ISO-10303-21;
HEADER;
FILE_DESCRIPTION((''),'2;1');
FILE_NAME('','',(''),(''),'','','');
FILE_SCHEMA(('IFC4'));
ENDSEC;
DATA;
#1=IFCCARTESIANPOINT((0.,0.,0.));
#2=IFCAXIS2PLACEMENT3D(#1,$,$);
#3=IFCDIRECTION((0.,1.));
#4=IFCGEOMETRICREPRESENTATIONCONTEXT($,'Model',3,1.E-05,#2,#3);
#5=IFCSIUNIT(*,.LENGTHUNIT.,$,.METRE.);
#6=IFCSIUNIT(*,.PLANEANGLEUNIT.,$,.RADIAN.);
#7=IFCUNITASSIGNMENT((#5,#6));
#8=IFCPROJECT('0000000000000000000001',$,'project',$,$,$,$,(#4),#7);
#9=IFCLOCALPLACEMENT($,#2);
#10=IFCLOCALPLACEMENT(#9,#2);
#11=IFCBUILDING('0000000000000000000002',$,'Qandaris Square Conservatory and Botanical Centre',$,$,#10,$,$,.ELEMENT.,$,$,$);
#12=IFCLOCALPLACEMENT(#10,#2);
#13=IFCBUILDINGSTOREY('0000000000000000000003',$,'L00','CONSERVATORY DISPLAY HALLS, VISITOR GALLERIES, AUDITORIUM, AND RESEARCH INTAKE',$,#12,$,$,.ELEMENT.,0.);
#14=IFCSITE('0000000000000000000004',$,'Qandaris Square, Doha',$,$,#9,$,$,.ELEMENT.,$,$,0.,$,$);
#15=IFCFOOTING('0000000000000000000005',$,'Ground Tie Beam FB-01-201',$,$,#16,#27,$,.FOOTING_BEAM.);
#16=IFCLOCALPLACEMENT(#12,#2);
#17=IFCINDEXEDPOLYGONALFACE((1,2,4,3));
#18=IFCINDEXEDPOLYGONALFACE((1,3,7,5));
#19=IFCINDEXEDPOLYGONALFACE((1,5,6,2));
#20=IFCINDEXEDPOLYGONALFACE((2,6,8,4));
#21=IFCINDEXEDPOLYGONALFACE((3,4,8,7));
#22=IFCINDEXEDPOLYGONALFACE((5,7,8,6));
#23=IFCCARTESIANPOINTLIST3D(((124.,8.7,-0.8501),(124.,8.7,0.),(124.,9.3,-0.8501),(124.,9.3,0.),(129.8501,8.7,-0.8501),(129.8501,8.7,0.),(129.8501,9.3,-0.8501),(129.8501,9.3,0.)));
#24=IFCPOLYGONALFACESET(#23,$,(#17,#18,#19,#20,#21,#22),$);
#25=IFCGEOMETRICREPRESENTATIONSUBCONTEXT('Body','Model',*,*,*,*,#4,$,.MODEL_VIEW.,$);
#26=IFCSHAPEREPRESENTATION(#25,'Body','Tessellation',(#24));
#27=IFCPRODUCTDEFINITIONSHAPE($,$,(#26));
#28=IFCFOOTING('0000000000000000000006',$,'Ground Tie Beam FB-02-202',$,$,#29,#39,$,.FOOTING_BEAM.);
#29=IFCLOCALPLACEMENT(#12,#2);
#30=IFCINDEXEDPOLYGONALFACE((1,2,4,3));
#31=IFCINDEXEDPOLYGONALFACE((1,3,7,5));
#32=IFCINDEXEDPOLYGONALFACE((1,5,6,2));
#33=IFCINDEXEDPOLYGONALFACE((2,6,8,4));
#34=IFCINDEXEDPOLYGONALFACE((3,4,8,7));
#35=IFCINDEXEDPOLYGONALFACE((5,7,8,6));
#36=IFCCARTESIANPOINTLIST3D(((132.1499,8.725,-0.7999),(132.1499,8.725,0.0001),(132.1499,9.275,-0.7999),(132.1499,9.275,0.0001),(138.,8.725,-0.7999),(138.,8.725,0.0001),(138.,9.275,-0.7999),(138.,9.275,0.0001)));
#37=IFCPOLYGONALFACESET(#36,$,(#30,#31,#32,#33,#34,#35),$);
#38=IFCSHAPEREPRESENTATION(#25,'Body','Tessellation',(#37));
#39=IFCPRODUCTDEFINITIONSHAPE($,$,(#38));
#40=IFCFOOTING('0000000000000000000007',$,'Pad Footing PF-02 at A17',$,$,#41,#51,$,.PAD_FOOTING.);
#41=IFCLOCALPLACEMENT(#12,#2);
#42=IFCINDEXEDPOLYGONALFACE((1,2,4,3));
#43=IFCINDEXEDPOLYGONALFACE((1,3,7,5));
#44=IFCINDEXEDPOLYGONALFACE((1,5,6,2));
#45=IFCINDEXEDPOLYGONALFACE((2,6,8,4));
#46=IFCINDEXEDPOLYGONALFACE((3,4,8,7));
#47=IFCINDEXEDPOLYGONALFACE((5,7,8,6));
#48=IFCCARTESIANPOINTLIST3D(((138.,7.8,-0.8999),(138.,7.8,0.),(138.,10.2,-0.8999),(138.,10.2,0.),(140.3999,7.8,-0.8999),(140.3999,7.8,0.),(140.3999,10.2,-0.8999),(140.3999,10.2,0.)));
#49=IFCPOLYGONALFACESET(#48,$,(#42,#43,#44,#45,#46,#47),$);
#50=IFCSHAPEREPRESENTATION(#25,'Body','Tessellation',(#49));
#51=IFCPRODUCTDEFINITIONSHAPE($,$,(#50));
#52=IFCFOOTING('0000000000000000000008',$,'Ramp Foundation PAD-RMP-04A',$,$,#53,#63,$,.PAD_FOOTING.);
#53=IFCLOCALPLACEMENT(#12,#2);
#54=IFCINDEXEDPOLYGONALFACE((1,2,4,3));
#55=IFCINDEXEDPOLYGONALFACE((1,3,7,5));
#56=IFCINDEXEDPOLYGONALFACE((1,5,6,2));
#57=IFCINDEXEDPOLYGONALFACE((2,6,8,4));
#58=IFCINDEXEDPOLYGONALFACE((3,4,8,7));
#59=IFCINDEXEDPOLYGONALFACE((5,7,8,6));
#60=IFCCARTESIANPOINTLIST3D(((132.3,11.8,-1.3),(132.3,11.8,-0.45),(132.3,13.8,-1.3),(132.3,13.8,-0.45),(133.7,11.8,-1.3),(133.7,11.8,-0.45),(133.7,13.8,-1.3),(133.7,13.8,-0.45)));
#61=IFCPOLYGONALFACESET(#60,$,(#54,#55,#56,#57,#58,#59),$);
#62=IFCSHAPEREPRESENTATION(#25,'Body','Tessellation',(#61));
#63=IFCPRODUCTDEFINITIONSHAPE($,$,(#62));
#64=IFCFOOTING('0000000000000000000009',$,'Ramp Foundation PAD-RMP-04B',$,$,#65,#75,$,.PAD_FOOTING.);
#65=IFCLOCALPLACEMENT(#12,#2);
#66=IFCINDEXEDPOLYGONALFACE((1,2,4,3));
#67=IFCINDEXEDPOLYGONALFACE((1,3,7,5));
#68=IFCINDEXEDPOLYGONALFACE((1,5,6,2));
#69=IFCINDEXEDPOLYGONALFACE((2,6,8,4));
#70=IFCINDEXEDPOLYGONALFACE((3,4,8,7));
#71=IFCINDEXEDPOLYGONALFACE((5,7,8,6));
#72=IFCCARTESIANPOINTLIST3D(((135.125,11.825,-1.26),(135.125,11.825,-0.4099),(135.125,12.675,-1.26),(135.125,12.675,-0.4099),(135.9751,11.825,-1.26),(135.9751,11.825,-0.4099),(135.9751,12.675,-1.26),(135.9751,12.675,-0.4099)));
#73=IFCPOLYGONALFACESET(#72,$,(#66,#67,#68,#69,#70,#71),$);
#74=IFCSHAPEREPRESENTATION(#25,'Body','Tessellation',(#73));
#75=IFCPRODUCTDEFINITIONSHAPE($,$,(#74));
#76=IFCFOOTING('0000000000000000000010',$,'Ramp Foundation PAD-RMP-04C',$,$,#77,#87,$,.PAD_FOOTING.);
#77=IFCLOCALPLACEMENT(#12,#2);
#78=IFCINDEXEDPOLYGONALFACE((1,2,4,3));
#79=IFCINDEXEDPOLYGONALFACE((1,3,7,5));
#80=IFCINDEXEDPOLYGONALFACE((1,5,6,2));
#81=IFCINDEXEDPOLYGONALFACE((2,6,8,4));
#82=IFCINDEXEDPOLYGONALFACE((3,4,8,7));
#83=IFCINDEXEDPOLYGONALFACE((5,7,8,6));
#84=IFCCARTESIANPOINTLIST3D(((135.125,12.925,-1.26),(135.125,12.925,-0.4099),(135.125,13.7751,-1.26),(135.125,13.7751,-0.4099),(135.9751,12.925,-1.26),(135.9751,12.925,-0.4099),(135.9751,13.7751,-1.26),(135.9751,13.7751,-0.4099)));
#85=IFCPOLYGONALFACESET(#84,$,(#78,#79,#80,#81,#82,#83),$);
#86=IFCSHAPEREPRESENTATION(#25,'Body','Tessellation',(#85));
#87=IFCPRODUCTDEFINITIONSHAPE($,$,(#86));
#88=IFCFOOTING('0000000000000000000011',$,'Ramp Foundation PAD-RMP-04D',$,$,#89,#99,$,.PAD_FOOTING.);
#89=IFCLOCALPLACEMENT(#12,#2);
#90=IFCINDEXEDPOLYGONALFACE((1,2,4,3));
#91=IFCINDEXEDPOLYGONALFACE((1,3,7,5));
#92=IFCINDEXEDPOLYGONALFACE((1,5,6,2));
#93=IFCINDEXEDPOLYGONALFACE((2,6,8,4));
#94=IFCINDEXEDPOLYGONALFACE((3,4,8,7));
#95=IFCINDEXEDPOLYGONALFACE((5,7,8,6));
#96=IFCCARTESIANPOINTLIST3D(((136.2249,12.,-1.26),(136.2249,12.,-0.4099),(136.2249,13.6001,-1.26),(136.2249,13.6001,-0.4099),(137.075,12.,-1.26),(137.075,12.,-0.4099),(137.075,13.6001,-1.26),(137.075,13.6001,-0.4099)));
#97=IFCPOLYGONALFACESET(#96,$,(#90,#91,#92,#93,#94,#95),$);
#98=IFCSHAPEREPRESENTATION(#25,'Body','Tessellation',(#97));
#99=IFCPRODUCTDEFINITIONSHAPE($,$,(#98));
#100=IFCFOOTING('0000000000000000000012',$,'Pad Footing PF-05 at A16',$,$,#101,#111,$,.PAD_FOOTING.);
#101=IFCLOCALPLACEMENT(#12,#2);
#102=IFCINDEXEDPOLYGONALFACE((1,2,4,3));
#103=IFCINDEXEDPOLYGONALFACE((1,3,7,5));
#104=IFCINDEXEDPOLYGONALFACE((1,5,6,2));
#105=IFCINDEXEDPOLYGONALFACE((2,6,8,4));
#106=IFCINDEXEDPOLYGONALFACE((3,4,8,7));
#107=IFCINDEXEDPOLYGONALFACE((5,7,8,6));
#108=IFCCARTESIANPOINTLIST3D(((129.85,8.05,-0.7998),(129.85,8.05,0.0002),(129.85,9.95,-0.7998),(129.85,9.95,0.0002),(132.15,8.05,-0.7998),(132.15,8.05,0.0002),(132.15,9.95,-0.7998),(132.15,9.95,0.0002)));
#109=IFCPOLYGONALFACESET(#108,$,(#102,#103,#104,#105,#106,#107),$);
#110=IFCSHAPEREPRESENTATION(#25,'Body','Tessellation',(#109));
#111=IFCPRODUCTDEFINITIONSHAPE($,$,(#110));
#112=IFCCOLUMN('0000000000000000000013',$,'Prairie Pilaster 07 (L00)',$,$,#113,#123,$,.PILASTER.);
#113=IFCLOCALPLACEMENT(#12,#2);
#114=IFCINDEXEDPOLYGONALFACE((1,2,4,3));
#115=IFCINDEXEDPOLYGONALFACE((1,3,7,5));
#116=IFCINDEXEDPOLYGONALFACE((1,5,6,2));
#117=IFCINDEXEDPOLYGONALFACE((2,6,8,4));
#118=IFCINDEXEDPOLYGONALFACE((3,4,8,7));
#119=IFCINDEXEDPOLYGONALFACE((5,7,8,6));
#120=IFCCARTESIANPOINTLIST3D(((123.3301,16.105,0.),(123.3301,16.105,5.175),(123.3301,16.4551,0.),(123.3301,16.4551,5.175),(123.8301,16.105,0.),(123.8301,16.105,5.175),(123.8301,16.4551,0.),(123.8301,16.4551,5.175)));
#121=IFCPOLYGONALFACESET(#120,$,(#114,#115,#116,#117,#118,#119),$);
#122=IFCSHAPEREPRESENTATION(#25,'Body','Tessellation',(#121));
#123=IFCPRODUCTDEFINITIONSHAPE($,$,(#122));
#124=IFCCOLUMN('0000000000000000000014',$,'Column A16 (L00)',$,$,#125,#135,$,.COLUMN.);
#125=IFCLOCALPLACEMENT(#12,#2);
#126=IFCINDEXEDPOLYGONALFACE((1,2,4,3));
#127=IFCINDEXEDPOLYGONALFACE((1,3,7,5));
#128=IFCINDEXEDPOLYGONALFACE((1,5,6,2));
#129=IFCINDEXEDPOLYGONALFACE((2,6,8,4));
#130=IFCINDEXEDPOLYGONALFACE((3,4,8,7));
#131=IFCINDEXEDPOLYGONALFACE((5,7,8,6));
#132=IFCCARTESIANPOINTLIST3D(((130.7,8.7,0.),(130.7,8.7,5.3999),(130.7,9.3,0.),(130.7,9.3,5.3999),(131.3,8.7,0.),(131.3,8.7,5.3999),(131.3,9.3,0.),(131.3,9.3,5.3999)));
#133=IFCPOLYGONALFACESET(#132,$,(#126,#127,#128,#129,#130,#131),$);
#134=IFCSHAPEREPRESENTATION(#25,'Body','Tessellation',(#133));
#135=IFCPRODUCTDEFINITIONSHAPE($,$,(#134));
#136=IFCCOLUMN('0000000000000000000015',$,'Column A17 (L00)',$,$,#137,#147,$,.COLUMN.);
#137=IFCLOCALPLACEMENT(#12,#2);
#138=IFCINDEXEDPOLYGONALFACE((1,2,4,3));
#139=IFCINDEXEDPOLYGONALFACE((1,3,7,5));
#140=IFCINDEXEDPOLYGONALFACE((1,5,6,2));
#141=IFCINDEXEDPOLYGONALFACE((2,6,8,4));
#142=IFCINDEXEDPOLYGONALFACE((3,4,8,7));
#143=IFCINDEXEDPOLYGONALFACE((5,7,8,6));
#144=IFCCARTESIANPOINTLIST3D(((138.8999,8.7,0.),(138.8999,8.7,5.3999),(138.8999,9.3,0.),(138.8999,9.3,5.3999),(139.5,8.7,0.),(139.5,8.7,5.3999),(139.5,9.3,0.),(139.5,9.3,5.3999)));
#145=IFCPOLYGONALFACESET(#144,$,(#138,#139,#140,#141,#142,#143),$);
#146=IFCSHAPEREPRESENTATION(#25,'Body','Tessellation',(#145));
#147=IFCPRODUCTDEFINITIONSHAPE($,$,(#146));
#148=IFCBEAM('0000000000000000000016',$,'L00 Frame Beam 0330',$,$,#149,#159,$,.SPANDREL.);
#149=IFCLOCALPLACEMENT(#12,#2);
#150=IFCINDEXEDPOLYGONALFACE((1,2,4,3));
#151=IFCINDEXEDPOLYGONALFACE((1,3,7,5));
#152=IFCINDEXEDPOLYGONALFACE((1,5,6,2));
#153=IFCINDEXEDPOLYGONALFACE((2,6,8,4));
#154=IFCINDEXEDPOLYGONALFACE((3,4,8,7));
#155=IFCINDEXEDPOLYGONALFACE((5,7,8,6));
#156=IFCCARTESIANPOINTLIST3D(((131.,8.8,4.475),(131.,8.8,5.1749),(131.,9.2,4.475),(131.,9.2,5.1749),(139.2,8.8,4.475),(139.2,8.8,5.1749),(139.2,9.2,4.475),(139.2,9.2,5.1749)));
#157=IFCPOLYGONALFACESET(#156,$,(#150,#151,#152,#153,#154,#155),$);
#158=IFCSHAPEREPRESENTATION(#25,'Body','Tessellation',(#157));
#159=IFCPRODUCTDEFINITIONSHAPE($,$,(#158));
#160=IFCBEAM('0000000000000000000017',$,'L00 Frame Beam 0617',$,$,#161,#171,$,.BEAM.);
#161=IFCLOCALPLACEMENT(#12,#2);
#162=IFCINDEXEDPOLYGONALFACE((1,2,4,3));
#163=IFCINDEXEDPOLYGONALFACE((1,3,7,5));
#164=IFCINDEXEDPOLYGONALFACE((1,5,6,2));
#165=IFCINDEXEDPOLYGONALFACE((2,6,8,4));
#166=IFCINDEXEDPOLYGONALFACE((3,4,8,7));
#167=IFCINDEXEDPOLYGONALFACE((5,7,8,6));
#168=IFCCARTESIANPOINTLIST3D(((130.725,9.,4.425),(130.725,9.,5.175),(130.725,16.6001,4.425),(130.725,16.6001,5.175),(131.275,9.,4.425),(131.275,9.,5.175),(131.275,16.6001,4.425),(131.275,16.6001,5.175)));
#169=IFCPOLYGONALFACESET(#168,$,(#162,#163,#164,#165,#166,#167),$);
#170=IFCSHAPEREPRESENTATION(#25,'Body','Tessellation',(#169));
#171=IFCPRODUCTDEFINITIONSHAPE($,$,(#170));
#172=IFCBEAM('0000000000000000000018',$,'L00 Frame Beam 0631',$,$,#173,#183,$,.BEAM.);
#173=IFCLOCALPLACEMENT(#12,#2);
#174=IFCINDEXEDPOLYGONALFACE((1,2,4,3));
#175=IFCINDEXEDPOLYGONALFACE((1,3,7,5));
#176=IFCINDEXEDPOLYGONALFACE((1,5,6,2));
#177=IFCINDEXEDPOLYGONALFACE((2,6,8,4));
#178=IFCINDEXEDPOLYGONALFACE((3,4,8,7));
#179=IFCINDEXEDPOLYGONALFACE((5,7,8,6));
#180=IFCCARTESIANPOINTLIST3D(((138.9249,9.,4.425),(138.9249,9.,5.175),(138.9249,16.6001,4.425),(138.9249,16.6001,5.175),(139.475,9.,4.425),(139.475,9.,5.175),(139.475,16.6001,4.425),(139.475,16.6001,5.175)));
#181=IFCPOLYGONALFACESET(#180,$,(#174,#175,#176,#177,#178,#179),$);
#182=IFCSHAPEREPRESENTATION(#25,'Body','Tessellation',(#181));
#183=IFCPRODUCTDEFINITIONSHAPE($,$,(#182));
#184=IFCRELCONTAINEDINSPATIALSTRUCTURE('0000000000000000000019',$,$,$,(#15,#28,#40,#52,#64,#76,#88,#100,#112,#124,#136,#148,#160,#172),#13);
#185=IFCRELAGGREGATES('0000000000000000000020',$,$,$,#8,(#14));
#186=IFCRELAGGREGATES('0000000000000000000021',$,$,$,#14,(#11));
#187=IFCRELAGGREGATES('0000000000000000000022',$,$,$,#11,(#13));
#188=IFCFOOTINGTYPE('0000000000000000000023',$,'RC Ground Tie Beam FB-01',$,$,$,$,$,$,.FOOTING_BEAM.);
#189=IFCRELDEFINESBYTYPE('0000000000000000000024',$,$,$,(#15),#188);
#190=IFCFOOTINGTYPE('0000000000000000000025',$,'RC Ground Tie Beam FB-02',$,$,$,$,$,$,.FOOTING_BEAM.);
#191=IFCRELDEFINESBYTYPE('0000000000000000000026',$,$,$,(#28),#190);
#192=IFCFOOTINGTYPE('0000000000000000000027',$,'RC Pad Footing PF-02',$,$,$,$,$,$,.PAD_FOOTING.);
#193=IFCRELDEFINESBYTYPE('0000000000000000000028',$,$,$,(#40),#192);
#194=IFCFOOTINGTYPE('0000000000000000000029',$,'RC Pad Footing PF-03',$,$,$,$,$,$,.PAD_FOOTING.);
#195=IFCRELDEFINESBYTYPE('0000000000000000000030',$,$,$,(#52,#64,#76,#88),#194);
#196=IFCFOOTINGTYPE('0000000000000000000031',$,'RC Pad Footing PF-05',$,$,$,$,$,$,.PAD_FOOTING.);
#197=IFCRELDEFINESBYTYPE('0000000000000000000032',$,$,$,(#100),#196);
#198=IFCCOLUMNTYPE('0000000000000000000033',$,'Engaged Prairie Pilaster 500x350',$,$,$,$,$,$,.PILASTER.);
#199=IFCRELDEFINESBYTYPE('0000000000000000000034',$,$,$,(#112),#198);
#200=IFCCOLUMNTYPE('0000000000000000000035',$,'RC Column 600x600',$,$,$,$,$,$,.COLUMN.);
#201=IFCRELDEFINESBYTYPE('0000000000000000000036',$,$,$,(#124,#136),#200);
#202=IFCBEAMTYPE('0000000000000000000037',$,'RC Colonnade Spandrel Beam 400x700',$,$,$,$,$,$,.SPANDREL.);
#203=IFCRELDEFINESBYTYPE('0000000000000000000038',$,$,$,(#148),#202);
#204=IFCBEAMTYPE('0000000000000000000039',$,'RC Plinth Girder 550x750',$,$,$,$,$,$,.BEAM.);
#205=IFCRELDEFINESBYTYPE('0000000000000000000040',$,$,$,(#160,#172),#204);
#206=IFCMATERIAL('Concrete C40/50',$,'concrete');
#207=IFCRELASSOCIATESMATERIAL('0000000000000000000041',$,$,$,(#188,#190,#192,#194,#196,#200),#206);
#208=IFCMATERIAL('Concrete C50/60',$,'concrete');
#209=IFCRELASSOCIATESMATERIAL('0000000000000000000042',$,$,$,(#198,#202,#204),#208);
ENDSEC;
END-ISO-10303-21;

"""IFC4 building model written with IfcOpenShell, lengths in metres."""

from ifc_helpers import new_model, si_unit, direction, frame, origin, origin_2d, place, context, subcontext, project, spatial, rectangle, extrude, material, material_profile, profile_set, type_object, element, save


model = new_model("IFC4")

# Units and contexts
model_context = context("Model", 3, precision=1e-05, world=origin(), true_north=direction((0.0, 1.0)))
body_context = subcontext(model_context, "Body", "Model", "MODEL_VIEW")
ifc_project = project(units=[si_unit("LENGTHUNIT", "METRE"), si_unit("PLANEANGLEUNIT", "RADIAN")], contexts=[model_context])

# Site, building, storey
site_placement = place(None, origin())
site = spatial("IfcSite", under=ifc_project, at=site_placement, Name="Qandaris Square, Doha", CompositionType="ELEMENT", RefElevation=0.0)
building_placement = place(site_placement, origin())
building = spatial("IfcBuilding", under=site, at=building_placement, Name="Qandaris Square Conservatory and Botanical Centre", CompositionType="ELEMENT")
storey_placement = place(building_placement, origin())
storey = spatial("IfcBuildingStorey", under=building, at=storey_placement, Name="L00", Description="CONSERVATORY DISPLAY HALLS, VISITOR GALLERIES, AUDITORIUM, AND RESEARCH INTAKE", CompositionType="ELEMENT", Elevation=0.0)

# Footings
ifc_material_1 = material(Name="Concrete C40/50", Category="concrete")
ifc_material_profile_1 = material_profile(ifc_material_1, rectangle(XDim=0.6001, YDim=0.8501, at=origin_2d()), Name="FB 600x850")
ifc_profile_set_1 = profile_set([ifc_material_profile_1], Name="Concrete C40/50")
footing_type_1 = type_object("IfcFootingType", Name="RC Ground Tie Beam FB-01", PredefinedType="FOOTING_BEAM", material=ifc_profile_set_1)
footing_1_placement = place(storey_placement, frame((124.0, 9.0, -0.425), z_axis=(1.0, 0.0, 0.0), x_axis=(0.0, 1.0, 0.0)))
element("IfcFooting", 1, at=footing_1_placement, inside=storey, type_object=footing_type_1, Name="Ground Tie Beam FB-01-201", PredefinedType="FOOTING_BEAM", context=body_context, shape_type="SweptSolid", body=[
    extrude(rectangle(XDim=0.6001, YDim=0.8501, at=origin_2d()), origin(), (0.0, 0.0, 1.0), 5.8501),
])
ifc_material_profile_2 = material_profile(ifc_material_1, rectangle(XDim=0.55, YDim=0.8, at=origin_2d()), Name="FB 550x800")
ifc_profile_set_2 = profile_set([ifc_material_profile_2], Name="Concrete C40/50")
footing_type_2 = type_object("IfcFootingType", Name="RC Ground Tie Beam FB-02", PredefinedType="FOOTING_BEAM", material=ifc_profile_set_2)
footing_2_placement = place(storey_placement, frame((132.1499, 9.0, -0.3999), z_axis=(1.0, 0.0, 0.0), x_axis=(0.0, 1.0, 0.0)))
element("IfcFooting", 2, at=footing_2_placement, inside=storey, type_object=footing_type_2, Name="Ground Tie Beam FB-02-202", PredefinedType="FOOTING_BEAM", context=body_context, shape_type="SweptSolid", body=[
    extrude(rectangle(XDim=0.55, YDim=0.8, at=origin_2d()), origin(), (0.0, 0.0, 1.0), 5.8501),
])
footing_type_3 = type_object("IfcFootingType", Name="RC Pad Footing PF-02", PredefinedType="PAD_FOOTING", material=ifc_material_1)
footing_3_placement = place(storey_placement, frame((139.2, 9.0, -0.8999), z_axis=(0.0, 0.0, 1.0), x_axis=(1.0, 0.0, 0.0)))
element("IfcFooting", 3, at=footing_3_placement, inside=storey, type_object=footing_type_3, Name="Pad Footing PF-02 at A17", PredefinedType="PAD_FOOTING", context=body_context, shape_type="SweptSolid", body=[
    extrude(rectangle(XDim=2.3999, YDim=2.3999, at=origin_2d()), origin(), (0.0, 0.0, 1.0), 0.8999),
])
footing_type_4 = type_object("IfcFootingType", Name="RC Pad Footing PF-03", PredefinedType="PAD_FOOTING", material=ifc_material_1)
footing_4_placement = place(storey_placement, frame((133.0, 12.8, -1.3), z_axis=(0.0, 0.0, 1.0), x_axis=(1.0, 0.0, 0.0)))
element("IfcFooting", 4, at=footing_4_placement, inside=storey, type_object=footing_type_4, Name="Ramp Foundation PAD-RMP-04A", PredefinedType="PAD_FOOTING", context=body_context, shape_type="SweptSolid", body=[
    extrude(rectangle(XDim=1.3999, YDim=2.0, at=origin_2d()), origin(), (0.0, 0.0, 1.0), 0.8501),
])
for number, where, z_axis, x_axis, name in (
    (5, (135.55, 12.25, -1.26), (0.0, 0.0, 1.0), (1.0, 0.0, 0.0), "Ramp Foundation PAD-RMP-04B"),
    (6, (135.55, 13.3501, -1.26), (0.0, 0.0, 1.0), (1.0, 0.0, 0.0), "Ramp Foundation PAD-RMP-04C"),
):
    element("IfcFooting", number, at=place(storey_placement, frame(where, z_axis=z_axis, x_axis=x_axis)), inside=storey, type_object=footing_type_4, Name=name, PredefinedType="PAD_FOOTING", context=body_context, shape_type="SweptSolid", body=[
        extrude(rectangle(XDim=0.8501, YDim=0.8501, at=origin_2d()), origin(), (0.0, 0.0, 1.0), 0.8501),
    ])
footing_5_placement = place(storey_placement, frame((136.6499, 12.8, -1.26), z_axis=(0.0, 0.0, 1.0), x_axis=(1.0, 0.0, 0.0)))
element("IfcFooting", 7, at=footing_5_placement, inside=storey, type_object=footing_type_4, Name="Ramp Foundation PAD-RMP-04D", PredefinedType="PAD_FOOTING", context=body_context, shape_type="SweptSolid", body=[
    extrude(rectangle(XDim=0.8501, YDim=1.6001, at=origin_2d()), origin(), (0.0, 0.0, 1.0), 0.8501),
])
footing_type_5 = type_object("IfcFootingType", Name="RC Pad Footing PF-05", PredefinedType="PAD_FOOTING", material=ifc_material_1)
footing_6_placement = place(storey_placement, frame((131.0, 9.0, -0.7998), z_axis=(0.0, 0.0, 1.0), x_axis=(1.0, 0.0, 0.0)))
element("IfcFooting", 8, at=footing_6_placement, inside=storey, type_object=footing_type_5, Name="Pad Footing PF-05 at A16", PredefinedType="PAD_FOOTING", context=body_context, shape_type="SweptSolid", body=[
    extrude(rectangle(XDim=2.3, YDim=1.8999, at=origin_2d()), origin(), (0.0, 0.0, 1.0), 0.8),
])

# Columns
ifc_material_2 = material(Name="Concrete C50/60", Category="concrete")
ifc_material_profile_3 = material_profile(ifc_material_2, rectangle(XDim=0.5, YDim=0.3501, at=origin_2d()), Name="RC-PIL 500x350")
ifc_profile_set_3 = profile_set([ifc_material_profile_3], Name="Concrete C50/60")
column_type_1 = type_object("IfcColumnType", Name="Engaged Prairie Pilaster 500x350", PredefinedType="PILASTER", material=ifc_profile_set_3)
column_placement = place(storey_placement, frame((123.5801, 16.28, 0.0), z_axis=(0.0, 0.0, 1.0), x_axis=(1.0, 0.0, 0.0)))
element("IfcColumn", 9, at=column_placement, inside=storey, type_object=column_type_1, Name="Prairie Pilaster 07 (L00)", PredefinedType="PILASTER", context=body_context, shape_type="SweptSolid", body=[
    extrude(rectangle(XDim=0.5, YDim=0.3501, at=origin_2d()), origin(), (0.0, 0.0, 1.0), 5.175),
])
ifc_material_profile_4 = material_profile(ifc_material_1, rectangle(XDim=0.6001, YDim=0.6001, at=origin_2d()), Name="RC-COL 600x600")
ifc_profile_set_4 = profile_set([ifc_material_profile_4], Name="Concrete C40/50")
column_type_2 = type_object("IfcColumnType", Name="RC Column 600x600", PredefinedType="COLUMN", material=ifc_profile_set_4)
for number, where, z_axis, x_axis, name in (
    (10, (131.0, 9.0, 0.0), (0.0, 0.0, 1.0), (1.0, 0.0, 0.0), "Column A16 (L00)"),
    (11, (139.2, 9.0, 0.0), (0.0, 0.0, 1.0), (1.0, 0.0, 0.0), "Column A17 (L00)"),
):
    element("IfcColumn", number, at=place(storey_placement, frame(where, z_axis=z_axis, x_axis=x_axis)), inside=storey, type_object=column_type_2, Name=name, PredefinedType="COLUMN", context=body_context, shape_type="SweptSolid", body=[
        extrude(rectangle(XDim=0.6001, YDim=0.6001, at=origin_2d()), origin(), (0.0, 0.0, 1.0), 5.3999),
    ])

# Beams
ifc_material_profile_5 = material_profile(ifc_material_2, rectangle(XDim=0.3999, YDim=0.7, at=origin_2d()), Name="RC-SP 400x700")
ifc_profile_set_5 = profile_set([ifc_material_profile_5], Name="Concrete C50/60")
beam_type_1 = type_object("IfcBeamType", Name="RC Colonnade Spandrel Beam 400x700", PredefinedType="SPANDREL", material=ifc_profile_set_5)
beam_placement = place(storey_placement, frame((131.0, 9.0, 4.825), z_axis=(1.0, 0.0, 0.0), x_axis=(0.0, 1.0, 0.0)))
element("IfcBeam", 12, at=beam_placement, inside=storey, type_object=beam_type_1, Name="L00 Frame Beam 0330", PredefinedType="SPANDREL", context=body_context, shape_type="SweptSolid", body=[
    extrude(rectangle(XDim=0.3999, YDim=0.7, at=origin_2d()), origin(), (0.0, 0.0, 1.0), 8.2),
])
ifc_material_profile_6 = material_profile(ifc_material_2, rectangle(XDim=0.55, YDim=0.75, at=origin_2d()), Name="RC-BM 550x750")
ifc_profile_set_6 = profile_set([ifc_material_profile_6], Name="Concrete C50/60")
beam_type_2 = type_object("IfcBeamType", Name="RC Plinth Girder 550x750", PredefinedType="BEAM", material=ifc_profile_set_6)
for number, where, z_axis, x_axis, name in (
    (13, (131.0, 9.0, 4.8), (0.0, 1.0, 0.0), (-1.0, 0.0, 0.0), "L00 Frame Beam 0617"),
    (14, (139.2, 9.0, 4.8), (0.0, 1.0, 0.0), (-1.0, 0.0, 0.0), "L00 Frame Beam 0631"),
):
    element("IfcBeam", number, at=place(storey_placement, frame(where, z_axis=z_axis, x_axis=x_axis)), inside=storey, type_object=beam_type_2, Name=name, PredefinedType="BEAM", context=body_context, shape_type="SweptSolid", body=[
        extrude(rectangle(XDim=0.55, YDim=0.75, at=origin_2d()), origin(), (0.0, 0.0, 1.0), 7.6001),
    ])

save(model, "model.ifc")
